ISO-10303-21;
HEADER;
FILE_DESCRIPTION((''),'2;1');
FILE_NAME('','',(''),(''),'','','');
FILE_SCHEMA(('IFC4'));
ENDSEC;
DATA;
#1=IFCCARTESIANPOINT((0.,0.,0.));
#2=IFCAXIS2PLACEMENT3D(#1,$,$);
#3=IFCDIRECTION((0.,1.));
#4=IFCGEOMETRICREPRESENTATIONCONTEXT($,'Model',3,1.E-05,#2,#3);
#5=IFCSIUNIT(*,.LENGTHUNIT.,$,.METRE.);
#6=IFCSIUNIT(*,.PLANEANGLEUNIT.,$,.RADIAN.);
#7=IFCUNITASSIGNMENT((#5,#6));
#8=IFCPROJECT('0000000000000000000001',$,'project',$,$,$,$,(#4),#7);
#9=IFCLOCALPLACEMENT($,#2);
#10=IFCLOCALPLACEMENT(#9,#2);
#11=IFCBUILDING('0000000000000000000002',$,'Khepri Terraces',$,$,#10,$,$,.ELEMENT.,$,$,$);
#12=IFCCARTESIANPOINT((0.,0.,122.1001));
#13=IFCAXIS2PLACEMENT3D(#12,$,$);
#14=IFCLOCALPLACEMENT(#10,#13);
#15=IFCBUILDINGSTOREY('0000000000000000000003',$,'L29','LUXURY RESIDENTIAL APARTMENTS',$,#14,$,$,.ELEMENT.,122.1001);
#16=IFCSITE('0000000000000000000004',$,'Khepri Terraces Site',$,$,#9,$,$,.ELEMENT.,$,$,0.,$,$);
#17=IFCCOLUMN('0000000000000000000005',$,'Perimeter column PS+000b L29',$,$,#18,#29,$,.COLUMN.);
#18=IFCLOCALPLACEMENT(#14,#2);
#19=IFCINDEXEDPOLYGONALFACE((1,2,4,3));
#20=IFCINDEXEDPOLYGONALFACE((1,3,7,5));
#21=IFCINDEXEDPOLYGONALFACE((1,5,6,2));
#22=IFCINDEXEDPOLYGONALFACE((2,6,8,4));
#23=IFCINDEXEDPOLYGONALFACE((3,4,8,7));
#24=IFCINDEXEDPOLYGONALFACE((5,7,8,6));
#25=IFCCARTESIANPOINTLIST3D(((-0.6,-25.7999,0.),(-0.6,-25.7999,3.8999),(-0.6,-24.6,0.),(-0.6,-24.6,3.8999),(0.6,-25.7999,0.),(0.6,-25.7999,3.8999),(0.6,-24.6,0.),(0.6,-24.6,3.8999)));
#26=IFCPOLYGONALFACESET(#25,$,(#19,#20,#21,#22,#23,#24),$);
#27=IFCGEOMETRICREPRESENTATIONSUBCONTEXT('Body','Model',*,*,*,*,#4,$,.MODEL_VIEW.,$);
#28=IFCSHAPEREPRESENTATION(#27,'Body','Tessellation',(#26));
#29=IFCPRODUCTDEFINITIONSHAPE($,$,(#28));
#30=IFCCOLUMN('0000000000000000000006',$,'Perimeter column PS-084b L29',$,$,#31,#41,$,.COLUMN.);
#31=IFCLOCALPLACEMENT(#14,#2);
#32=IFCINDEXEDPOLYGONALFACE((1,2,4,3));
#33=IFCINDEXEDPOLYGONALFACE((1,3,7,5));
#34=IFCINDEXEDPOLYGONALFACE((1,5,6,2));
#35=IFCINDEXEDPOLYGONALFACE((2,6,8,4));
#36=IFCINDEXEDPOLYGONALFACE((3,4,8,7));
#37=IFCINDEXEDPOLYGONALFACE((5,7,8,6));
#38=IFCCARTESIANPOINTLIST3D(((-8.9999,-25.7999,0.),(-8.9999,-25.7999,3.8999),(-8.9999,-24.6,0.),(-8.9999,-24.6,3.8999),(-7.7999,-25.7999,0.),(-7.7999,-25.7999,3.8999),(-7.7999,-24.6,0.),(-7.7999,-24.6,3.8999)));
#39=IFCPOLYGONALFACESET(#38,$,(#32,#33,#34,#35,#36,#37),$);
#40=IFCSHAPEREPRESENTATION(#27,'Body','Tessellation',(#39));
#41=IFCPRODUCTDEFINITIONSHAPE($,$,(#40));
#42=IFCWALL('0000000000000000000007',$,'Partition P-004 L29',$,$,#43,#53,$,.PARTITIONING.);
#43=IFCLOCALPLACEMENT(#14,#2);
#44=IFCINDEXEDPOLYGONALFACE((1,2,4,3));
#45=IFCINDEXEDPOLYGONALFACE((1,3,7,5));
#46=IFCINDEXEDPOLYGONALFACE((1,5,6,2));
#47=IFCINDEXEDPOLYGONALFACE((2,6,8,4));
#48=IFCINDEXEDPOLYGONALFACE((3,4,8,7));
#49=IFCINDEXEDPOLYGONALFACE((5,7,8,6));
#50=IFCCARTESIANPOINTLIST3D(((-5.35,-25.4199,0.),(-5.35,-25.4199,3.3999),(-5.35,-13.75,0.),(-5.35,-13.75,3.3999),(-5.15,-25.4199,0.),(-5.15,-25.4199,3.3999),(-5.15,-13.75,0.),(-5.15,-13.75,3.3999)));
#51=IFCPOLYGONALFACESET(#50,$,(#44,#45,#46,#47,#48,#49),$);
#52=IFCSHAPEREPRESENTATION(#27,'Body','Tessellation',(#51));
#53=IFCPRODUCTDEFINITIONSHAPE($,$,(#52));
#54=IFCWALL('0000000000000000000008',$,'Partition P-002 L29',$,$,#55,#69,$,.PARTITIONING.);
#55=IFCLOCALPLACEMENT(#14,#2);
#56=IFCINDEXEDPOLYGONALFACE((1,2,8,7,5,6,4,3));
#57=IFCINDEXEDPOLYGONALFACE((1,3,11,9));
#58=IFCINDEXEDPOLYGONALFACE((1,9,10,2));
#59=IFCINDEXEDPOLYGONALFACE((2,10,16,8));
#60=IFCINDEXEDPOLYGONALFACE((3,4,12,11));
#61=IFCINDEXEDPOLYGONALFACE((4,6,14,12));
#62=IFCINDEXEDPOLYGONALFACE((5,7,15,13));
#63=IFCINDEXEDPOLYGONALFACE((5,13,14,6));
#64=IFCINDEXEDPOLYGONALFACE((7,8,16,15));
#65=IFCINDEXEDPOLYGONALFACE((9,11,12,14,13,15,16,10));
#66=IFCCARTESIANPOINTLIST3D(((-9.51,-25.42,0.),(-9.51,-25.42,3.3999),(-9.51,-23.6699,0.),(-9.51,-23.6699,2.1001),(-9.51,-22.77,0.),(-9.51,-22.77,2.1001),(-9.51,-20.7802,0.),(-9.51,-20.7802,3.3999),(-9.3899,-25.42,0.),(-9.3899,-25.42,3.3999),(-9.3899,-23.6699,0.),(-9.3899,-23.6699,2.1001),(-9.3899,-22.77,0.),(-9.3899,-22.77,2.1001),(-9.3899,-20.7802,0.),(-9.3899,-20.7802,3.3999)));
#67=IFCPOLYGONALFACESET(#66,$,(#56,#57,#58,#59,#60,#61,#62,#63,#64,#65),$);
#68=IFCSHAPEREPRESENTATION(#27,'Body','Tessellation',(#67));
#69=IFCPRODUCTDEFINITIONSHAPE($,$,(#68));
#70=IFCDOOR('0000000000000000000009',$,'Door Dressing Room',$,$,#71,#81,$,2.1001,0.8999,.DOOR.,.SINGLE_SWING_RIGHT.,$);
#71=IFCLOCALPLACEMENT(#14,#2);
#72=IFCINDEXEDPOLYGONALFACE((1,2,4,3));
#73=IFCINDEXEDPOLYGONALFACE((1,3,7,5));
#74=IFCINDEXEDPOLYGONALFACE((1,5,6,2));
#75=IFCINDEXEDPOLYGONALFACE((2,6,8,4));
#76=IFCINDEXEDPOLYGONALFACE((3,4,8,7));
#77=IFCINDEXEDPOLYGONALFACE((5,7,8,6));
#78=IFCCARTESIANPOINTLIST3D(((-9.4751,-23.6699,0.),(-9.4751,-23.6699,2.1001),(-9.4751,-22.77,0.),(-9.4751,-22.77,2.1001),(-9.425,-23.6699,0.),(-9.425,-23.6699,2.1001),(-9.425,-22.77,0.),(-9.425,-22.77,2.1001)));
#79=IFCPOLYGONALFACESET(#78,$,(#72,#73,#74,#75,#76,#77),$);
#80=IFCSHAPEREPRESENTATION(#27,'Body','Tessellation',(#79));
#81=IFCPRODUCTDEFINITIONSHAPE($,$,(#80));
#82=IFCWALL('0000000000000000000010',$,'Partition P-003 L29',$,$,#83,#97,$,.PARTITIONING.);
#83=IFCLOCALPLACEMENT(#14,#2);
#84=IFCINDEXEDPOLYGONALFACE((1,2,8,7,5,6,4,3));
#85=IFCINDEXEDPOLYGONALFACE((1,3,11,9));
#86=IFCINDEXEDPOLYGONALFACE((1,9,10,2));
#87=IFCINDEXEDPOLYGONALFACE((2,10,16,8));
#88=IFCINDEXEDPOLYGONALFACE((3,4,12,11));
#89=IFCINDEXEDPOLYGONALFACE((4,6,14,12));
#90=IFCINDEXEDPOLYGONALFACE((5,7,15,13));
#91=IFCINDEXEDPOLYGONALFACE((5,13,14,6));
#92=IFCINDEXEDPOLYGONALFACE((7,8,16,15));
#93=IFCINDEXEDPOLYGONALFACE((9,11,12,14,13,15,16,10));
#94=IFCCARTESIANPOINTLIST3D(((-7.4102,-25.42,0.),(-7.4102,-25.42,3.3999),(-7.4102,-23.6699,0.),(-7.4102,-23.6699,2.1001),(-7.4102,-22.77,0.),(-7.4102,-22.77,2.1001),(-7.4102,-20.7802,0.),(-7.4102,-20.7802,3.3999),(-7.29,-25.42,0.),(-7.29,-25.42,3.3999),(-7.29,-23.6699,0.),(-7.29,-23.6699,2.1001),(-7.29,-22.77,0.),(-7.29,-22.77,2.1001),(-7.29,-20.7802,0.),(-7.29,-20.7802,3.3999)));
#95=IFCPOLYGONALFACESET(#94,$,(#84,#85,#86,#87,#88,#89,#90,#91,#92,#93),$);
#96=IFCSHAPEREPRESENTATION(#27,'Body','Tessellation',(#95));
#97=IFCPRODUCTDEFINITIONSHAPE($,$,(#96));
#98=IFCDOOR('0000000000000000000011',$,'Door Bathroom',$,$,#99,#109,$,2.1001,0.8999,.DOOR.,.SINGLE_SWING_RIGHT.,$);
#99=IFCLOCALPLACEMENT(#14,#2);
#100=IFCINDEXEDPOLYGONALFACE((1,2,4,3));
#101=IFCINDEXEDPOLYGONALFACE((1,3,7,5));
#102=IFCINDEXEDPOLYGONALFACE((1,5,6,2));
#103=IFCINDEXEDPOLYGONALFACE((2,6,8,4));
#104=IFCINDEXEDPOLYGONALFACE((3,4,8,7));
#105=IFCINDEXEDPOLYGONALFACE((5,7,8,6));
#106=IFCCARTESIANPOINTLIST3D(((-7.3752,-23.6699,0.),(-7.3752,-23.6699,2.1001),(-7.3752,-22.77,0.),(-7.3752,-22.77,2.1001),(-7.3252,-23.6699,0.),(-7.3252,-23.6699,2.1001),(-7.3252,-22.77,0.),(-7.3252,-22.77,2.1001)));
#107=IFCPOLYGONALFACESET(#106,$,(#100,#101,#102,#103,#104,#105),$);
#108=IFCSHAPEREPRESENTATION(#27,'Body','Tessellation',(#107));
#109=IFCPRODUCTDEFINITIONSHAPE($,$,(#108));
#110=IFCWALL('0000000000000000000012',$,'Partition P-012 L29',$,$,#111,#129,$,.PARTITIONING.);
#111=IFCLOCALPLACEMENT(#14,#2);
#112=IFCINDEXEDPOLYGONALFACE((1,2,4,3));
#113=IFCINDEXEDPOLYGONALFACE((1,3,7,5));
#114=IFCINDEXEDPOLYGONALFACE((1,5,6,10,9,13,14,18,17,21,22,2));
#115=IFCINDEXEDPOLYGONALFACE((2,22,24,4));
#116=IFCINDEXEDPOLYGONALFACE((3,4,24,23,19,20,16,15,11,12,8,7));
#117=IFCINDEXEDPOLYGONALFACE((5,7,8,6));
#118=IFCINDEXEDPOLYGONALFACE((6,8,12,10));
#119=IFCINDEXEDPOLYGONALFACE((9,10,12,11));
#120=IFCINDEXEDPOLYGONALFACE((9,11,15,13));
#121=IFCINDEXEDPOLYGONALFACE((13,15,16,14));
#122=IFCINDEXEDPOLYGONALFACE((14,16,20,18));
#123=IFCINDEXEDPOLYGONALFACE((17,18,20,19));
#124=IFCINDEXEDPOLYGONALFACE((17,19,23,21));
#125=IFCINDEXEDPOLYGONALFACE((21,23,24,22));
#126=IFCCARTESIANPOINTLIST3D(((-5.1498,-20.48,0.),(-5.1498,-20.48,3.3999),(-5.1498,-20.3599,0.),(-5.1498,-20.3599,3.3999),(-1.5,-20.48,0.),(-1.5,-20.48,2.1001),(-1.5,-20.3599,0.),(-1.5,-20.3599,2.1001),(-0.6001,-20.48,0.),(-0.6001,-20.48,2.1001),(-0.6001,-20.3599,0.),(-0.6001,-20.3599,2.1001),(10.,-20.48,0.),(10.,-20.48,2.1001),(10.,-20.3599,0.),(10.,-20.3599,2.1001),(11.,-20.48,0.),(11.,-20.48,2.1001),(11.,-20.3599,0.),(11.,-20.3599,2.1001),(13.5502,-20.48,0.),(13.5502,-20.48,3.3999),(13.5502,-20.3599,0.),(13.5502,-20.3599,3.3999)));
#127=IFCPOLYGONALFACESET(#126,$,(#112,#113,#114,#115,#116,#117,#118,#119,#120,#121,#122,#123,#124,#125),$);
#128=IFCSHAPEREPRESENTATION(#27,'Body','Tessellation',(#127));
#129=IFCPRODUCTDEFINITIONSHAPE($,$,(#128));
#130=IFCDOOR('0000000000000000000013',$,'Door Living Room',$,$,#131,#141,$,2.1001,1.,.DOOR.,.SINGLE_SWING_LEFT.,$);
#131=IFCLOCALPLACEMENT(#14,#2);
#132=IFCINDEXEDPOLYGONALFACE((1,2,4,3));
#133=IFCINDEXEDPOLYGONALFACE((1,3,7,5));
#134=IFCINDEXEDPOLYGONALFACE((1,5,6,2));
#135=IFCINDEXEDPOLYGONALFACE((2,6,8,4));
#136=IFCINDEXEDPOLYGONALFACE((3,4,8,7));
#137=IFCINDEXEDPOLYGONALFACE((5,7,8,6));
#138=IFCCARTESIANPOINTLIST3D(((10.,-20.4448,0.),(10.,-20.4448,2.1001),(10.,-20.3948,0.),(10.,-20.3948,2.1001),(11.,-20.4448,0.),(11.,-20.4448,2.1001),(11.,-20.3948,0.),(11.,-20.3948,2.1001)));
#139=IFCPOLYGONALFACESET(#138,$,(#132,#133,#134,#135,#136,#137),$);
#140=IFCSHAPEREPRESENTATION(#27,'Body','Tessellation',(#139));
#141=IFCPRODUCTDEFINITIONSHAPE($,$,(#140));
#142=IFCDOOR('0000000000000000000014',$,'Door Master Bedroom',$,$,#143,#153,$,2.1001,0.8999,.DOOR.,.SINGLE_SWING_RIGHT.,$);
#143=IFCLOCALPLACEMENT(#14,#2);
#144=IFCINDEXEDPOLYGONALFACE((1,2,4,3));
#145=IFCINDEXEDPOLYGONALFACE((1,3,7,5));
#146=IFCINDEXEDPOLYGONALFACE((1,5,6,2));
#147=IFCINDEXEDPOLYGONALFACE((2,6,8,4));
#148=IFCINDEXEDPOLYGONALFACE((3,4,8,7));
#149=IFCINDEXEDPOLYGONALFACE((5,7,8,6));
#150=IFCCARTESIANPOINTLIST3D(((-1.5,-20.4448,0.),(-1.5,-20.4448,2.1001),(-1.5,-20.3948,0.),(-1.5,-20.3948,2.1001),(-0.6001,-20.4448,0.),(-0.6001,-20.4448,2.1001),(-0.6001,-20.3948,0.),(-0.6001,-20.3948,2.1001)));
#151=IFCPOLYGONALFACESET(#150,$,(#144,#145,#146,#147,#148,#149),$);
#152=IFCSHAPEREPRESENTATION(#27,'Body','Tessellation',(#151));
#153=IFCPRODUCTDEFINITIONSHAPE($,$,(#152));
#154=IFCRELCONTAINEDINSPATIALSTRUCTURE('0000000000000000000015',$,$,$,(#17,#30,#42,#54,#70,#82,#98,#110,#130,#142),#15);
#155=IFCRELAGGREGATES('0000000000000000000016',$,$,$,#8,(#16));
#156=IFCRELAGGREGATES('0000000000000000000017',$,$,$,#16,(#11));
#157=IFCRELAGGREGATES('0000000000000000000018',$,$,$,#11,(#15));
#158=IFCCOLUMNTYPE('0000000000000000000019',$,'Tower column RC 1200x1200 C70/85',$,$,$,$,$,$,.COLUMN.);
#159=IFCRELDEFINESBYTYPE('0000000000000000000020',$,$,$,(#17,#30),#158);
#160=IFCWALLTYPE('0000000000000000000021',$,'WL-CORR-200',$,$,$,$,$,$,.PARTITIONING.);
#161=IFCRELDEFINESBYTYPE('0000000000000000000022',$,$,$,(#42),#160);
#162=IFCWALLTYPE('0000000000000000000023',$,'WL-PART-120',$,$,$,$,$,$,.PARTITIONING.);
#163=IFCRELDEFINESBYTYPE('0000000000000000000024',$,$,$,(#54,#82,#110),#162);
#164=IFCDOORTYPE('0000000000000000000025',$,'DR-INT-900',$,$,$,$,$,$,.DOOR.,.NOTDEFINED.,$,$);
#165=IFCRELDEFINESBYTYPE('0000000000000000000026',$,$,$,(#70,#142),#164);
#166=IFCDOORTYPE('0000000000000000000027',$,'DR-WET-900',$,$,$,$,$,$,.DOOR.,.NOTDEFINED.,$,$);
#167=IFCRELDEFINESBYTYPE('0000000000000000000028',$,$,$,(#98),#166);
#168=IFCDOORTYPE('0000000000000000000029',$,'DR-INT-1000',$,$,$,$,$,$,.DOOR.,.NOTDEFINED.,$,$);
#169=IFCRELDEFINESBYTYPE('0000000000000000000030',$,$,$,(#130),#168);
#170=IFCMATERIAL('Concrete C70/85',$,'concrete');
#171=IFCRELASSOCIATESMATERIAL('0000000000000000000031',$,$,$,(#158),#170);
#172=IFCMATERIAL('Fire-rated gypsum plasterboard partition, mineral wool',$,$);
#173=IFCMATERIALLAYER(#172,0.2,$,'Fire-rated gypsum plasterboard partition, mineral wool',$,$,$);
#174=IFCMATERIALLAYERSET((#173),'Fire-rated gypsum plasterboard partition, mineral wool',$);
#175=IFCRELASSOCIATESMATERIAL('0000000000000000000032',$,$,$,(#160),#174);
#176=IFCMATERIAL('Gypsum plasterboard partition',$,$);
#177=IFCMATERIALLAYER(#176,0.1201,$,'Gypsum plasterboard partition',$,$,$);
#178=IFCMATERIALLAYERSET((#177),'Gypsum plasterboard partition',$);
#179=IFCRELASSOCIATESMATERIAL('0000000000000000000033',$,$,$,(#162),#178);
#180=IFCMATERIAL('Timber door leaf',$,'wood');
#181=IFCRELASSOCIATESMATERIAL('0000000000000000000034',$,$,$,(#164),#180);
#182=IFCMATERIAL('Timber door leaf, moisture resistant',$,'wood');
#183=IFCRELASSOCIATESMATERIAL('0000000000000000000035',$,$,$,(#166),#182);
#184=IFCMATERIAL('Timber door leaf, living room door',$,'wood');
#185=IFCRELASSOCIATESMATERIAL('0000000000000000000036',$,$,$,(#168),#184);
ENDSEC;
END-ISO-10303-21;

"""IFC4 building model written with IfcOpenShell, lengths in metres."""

from ifc_helpers import new_model, si_unit, direction, frame, frame_2d, origin, origin_2d, place, context, subcontext, project, spatial, rectangle, extrude, material, layer, layer_set, material_profile, profile_set, type_object, element, fill, save


model = new_model("IFC4")

# Units and contexts
model_context = context("Model", 3, precision=1e-05, world=origin(), true_north=direction((0.0, 1.0)))
body_context = subcontext(model_context, "Body", "Model", "MODEL_VIEW")
ifc_project = project(units=[si_unit("LENGTHUNIT", "METRE"), si_unit("PLANEANGLEUNIT", "RADIAN")], contexts=[model_context])

# Site, building, storey
site_placement = place(None, origin())
site = spatial("IfcSite", under=ifc_project, at=site_placement, Name="Khepri Terraces Site", CompositionType="ELEMENT", RefElevation=0.0)
building_placement = place(site_placement, origin())
building = spatial("IfcBuilding", under=site, at=building_placement, Name="Khepri Terraces", CompositionType="ELEMENT")
storey_placement = place(building_placement, frame((0.0, 0.0, 122.1001)))
storey = spatial("IfcBuildingStorey", under=building, at=storey_placement, Name="L29", Description="LUXURY RESIDENTIAL APARTMENTS", CompositionType="ELEMENT", Elevation=122.1001)

# Columns
ifc_material_1 = material(Name="Concrete C70/85", Category="concrete")
ifc_material_profile = material_profile(ifc_material_1, rectangle(XDim=1.2, YDim=1.2, at=origin_2d()), Name="Concrete C70/85", Category="concrete")
ifc_profile_set = profile_set([ifc_material_profile], Name="Concrete C70/85")
column_type = type_object("IfcColumnType", Name="Tower column RC 1200x1200 C70/85", PredefinedType="COLUMN", material=ifc_profile_set)
for number, where, z_axis, x_axis, name in (
    (1, (0.0, -25.2, 0.0), (0.0, 0.0, 1.0), (1.0, 0.0, 0.0), "Perimeter column PS+000b L29"),
    (2, (-8.3999, -25.2, 0.0), (0.0, 0.0, 1.0), (1.0, 0.0, 0.0), "Perimeter column PS-084b L29"),
):
    element("IfcColumn", number, at=place(storey_placement, frame(where, z_axis=z_axis, x_axis=x_axis)), inside=storey, type_object=column_type, Name=name, PredefinedType="COLUMN", context=body_context, shape_type="SweptSolid", body=[
        extrude(rectangle(XDim=1.2, YDim=1.2, at=origin_2d()), origin(), (0.0, 0.0, 1.0), 3.8999),
    ])

# Wall
ifc_material_2 = material(Name="Fire-rated gypsum plasterboard partition, mineral wool")
ifc_layer_1 = layer(ifc_material_2, 0.2, Name="Fire-rated gypsum plasterboard partition, mineral wool")
ifc_layer_set_1 = layer_set([ifc_layer_1], Name="Fire-rated gypsum plasterboard partition, mineral wool")
wall_type_1 = type_object("IfcWallType", Name="WL-CORR-200", PredefinedType="PARTITIONING", material=ifc_layer_set_1)
wall_1_placement = place(storey_placement, frame((-5.25, -25.4199, 0.0), z_axis=(0.0, 0.0, 1.0), x_axis=(0.0, 1.0, 0.0)))
element("IfcWall", 3, at=wall_1_placement, inside=storey, type_object=wall_type_1, Name="Partition P-004 L29", PredefinedType="PARTITIONING", context=body_context, shape_type="SweptSolid", body=[
    extrude(rectangle(XDim=11.6699, YDim=0.2, at=frame_2d((5.835, 0.0))), origin(), (0.0, 0.0, 1.0), 3.3999),
])

# Walls, openings, doors
ifc_material_3 = material(Name="Gypsum plasterboard partition")
ifc_layer_2 = layer(ifc_material_3, 0.1201, Name="Gypsum plasterboard partition")
ifc_layer_set_2 = layer_set([ifc_layer_2], Name="Gypsum plasterboard partition")
wall_type_2 = type_object("IfcWallType", Name="WL-PART-120", PredefinedType="PARTITIONING", material=ifc_layer_set_2)
wall_2_placement = place(storey_placement, frame((-9.45, -25.4199, 0.0), z_axis=(0.0, 0.0, 1.0), x_axis=(0.0, 1.0, 0.0)))
wall_2 = element("IfcWall", 4, at=wall_2_placement, inside=storey, type_object=wall_type_2, Name="Partition P-002 L29", PredefinedType="PARTITIONING", context=body_context, shape_type="SweptSolid", body=[
    extrude(rectangle(XDim=4.6399, YDim=0.1201, at=frame_2d((2.3198, 0.0))), origin(), (0.0, 0.0, 1.0), 3.3999),
])
opening_1_placement = place(wall_2_placement, frame((1.75, 0.0, 0.0)))
opening_1 = element("IfcOpeningElement", 5, at=opening_1_placement, cuts=wall_2, PredefinedType="OPENING", context=body_context, shape_type="SweptSolid", body=[
    extrude(rectangle(XDim=0.8999, YDim=2.1001, at=frame_2d((0.45, 1.05))), frame((0.0, 0.0701, 0.0), z_axis=(0.0, -1.0, 0.0), x_axis=(1.0, 0.0, 0.0)), (0.0, 0.0, 1.0), 0.1401),
])
ifc_material_4 = material(Name="Timber door leaf", Category="wood")
door_type_1 = type_object("IfcDoorType", Name="DR-INT-900", OperationType="NOTDEFINED", PredefinedType="DOOR", material=ifc_material_4)
door_1_placement = place(opening_1_placement, frame((0.8999, 0.0, 0.0), z_axis=(0.0, 0.0, 1.0), x_axis=(-1.0, 0.0, 0.0)))
door_1 = element("IfcDoor", 6, at=door_1_placement, inside=storey, type_object=door_type_1, Name="Door Dressing Room", OperationType="SINGLE_SWING_RIGHT", OverallHeight=2.1001, OverallWidth=0.8999, PredefinedType="DOOR", context=body_context, shape_type="SweptSolid", body=[
    extrude(rectangle(XDim=0.8999, YDim=2.1001, at=frame_2d((0.45, 1.05))), frame((0.0, 0.0249, 0.0), z_axis=(0.0, -1.0, 0.0), x_axis=(1.0, 0.0, 0.0)), (0.0, 0.0, 1.0), 0.05),
])
fill(opening_1, door_1)
wall_3_placement = place(storey_placement, frame((-7.3501, -25.4199, 0.0), z_axis=(0.0, 0.0, 1.0), x_axis=(0.0, 1.0, 0.0)))
wall_3 = element("IfcWall", 7, at=wall_3_placement, inside=storey, type_object=wall_type_2, Name="Partition P-003 L29", PredefinedType="PARTITIONING", context=body_context, shape_type="SweptSolid", body=[
    extrude(rectangle(XDim=4.6399, YDim=0.1201, at=frame_2d((2.3198, 0.0))), origin(), (0.0, 0.0, 1.0), 3.3999),
])
opening_2_placement = place(wall_3_placement, frame((1.75, 0.0, 0.0)))
opening_2 = element("IfcOpeningElement", 8, at=opening_2_placement, cuts=wall_3, PredefinedType="OPENING", context=body_context, shape_type="SweptSolid", body=[
    extrude(rectangle(XDim=0.8999, YDim=2.1001, at=frame_2d((0.45, 1.05))), frame((0.0, 0.0701, 0.0), z_axis=(0.0, -1.0, 0.0), x_axis=(1.0, 0.0, 0.0)), (0.0, 0.0, 1.0), 0.1401),
])
ifc_material_5 = material(Name="Timber door leaf, moisture resistant", Category="wood")
door_type_2 = type_object("IfcDoorType", Name="DR-WET-900", OperationType="NOTDEFINED", PredefinedType="DOOR", material=ifc_material_5)
door_2_placement = place(opening_2_placement, frame((0.8999, 0.0, 0.0), z_axis=(0.0, 0.0, 1.0), x_axis=(-1.0, 0.0, 0.0)))
door_2 = element("IfcDoor", 9, at=door_2_placement, inside=storey, type_object=door_type_2, Name="Door Bathroom", OperationType="SINGLE_SWING_RIGHT", OverallHeight=2.1001, OverallWidth=0.8999, PredefinedType="DOOR", context=body_context, shape_type="SweptSolid", body=[
    extrude(rectangle(XDim=0.8999, YDim=2.1001, at=frame_2d((0.45, 1.05))), frame((0.0, 0.0249, 0.0), z_axis=(0.0, -1.0, 0.0), x_axis=(1.0, 0.0, 0.0)), (0.0, 0.0, 1.0), 0.05),
])
fill(opening_2, door_2)

# Wall, openings, doors
wall_4_placement = place(storey_placement, frame((-5.1499, -20.4199, 0.0), z_axis=(0.0, 0.0, 1.0), x_axis=(1.0, 0.0, 0.0)))
wall_4 = element("IfcWall", 10, at=wall_4_placement, inside=storey, type_object=wall_type_2, Name="Partition P-012 L29", PredefinedType="PARTITIONING", context=body_context, shape_type="SweptSolid", body=[
    extrude(rectangle(XDim=18.7, YDim=0.1201, at=frame_2d((9.3501, 0.0))), origin(), (0.0, 0.0, 1.0), 3.3999),
])
opening_3_placement = place(wall_4_placement, frame((3.6499, 0.0, 0.0)))
opening_3 = element("IfcOpeningElement", 11, at=opening_3_placement, cuts=wall_4, PredefinedType="OPENING", context=body_context, shape_type="SweptSolid", body=[
    extrude(rectangle(XDim=0.8999, YDim=2.1001, at=frame_2d((0.45, 1.05))), frame((0.0, 0.0701, 0.0), z_axis=(0.0, -1.0, 0.0), x_axis=(1.0, 0.0, 0.0)), (0.0, 0.0, 1.0), 0.1401),
])
opening_4_placement = place(wall_4_placement, frame((15.1499, 0.0, 0.0)))
opening_4 = element("IfcOpeningElement", 12, at=opening_4_placement, cuts=wall_4, PredefinedType="OPENING", context=body_context, shape_type="SweptSolid", body=[
    extrude(rectangle(XDim=1.0, YDim=2.1001, at=frame_2d((0.5, 1.05))), frame((0.0, 0.0701, 0.0), z_axis=(0.0, -1.0, 0.0), x_axis=(1.0, 0.0, 0.0)), (0.0, 0.0, 1.0), 0.1401),
])
ifc_material_6 = material(Name="Timber door leaf, living room door", Category="wood")
door_type_3 = type_object("IfcDoorType", Name="DR-INT-1000", OperationType="NOTDEFINED", PredefinedType="DOOR", material=ifc_material_6)
door_3_placement = place(opening_4_placement, frame((1.0, 0.0, 0.0), z_axis=(0.0, 0.0, 1.0), x_axis=(-1.0, 0.0, 0.0)))
door_3 = element("IfcDoor", 13, at=door_3_placement, inside=storey, type_object=door_type_3, Name="Door Living Room", OperationType="SINGLE_SWING_LEFT", OverallHeight=2.1001, OverallWidth=1.0, PredefinedType="DOOR", context=body_context, shape_type="SweptSolid", body=[
    extrude(rectangle(XDim=1.0, YDim=2.1001, at=frame_2d((0.5, 1.05))), frame((0.0, 0.0249, 0.0), z_axis=(0.0, -1.0, 0.0), x_axis=(1.0, 0.0, 0.0)), (0.0, 0.0, 1.0), 0.05),
])
fill(opening_4, door_3)
door_4_placement = place(opening_3_placement, frame((0.8999, 0.0, 0.0), z_axis=(0.0, 0.0, 1.0), x_axis=(-1.0, 0.0, 0.0)))
door_4 = element("IfcDoor", 14, at=door_4_placement, inside=storey, type_object=door_type_1, Name="Door Master Bedroom", OperationType="SINGLE_SWING_RIGHT", OverallHeight=2.1001, OverallWidth=0.8999, PredefinedType="DOOR", context=body_context, shape_type="SweptSolid", body=[
    extrude(rectangle(XDim=0.8999, YDim=2.1001, at=frame_2d((0.45, 1.05))), frame((0.0, 0.0249, 0.0), z_axis=(0.0, -1.0, 0.0), x_axis=(1.0, 0.0, 0.0)), (0.0, 0.0, 1.0), 0.05),
])
fill(opening_3, door_4)

save(model, "model.ifc")
